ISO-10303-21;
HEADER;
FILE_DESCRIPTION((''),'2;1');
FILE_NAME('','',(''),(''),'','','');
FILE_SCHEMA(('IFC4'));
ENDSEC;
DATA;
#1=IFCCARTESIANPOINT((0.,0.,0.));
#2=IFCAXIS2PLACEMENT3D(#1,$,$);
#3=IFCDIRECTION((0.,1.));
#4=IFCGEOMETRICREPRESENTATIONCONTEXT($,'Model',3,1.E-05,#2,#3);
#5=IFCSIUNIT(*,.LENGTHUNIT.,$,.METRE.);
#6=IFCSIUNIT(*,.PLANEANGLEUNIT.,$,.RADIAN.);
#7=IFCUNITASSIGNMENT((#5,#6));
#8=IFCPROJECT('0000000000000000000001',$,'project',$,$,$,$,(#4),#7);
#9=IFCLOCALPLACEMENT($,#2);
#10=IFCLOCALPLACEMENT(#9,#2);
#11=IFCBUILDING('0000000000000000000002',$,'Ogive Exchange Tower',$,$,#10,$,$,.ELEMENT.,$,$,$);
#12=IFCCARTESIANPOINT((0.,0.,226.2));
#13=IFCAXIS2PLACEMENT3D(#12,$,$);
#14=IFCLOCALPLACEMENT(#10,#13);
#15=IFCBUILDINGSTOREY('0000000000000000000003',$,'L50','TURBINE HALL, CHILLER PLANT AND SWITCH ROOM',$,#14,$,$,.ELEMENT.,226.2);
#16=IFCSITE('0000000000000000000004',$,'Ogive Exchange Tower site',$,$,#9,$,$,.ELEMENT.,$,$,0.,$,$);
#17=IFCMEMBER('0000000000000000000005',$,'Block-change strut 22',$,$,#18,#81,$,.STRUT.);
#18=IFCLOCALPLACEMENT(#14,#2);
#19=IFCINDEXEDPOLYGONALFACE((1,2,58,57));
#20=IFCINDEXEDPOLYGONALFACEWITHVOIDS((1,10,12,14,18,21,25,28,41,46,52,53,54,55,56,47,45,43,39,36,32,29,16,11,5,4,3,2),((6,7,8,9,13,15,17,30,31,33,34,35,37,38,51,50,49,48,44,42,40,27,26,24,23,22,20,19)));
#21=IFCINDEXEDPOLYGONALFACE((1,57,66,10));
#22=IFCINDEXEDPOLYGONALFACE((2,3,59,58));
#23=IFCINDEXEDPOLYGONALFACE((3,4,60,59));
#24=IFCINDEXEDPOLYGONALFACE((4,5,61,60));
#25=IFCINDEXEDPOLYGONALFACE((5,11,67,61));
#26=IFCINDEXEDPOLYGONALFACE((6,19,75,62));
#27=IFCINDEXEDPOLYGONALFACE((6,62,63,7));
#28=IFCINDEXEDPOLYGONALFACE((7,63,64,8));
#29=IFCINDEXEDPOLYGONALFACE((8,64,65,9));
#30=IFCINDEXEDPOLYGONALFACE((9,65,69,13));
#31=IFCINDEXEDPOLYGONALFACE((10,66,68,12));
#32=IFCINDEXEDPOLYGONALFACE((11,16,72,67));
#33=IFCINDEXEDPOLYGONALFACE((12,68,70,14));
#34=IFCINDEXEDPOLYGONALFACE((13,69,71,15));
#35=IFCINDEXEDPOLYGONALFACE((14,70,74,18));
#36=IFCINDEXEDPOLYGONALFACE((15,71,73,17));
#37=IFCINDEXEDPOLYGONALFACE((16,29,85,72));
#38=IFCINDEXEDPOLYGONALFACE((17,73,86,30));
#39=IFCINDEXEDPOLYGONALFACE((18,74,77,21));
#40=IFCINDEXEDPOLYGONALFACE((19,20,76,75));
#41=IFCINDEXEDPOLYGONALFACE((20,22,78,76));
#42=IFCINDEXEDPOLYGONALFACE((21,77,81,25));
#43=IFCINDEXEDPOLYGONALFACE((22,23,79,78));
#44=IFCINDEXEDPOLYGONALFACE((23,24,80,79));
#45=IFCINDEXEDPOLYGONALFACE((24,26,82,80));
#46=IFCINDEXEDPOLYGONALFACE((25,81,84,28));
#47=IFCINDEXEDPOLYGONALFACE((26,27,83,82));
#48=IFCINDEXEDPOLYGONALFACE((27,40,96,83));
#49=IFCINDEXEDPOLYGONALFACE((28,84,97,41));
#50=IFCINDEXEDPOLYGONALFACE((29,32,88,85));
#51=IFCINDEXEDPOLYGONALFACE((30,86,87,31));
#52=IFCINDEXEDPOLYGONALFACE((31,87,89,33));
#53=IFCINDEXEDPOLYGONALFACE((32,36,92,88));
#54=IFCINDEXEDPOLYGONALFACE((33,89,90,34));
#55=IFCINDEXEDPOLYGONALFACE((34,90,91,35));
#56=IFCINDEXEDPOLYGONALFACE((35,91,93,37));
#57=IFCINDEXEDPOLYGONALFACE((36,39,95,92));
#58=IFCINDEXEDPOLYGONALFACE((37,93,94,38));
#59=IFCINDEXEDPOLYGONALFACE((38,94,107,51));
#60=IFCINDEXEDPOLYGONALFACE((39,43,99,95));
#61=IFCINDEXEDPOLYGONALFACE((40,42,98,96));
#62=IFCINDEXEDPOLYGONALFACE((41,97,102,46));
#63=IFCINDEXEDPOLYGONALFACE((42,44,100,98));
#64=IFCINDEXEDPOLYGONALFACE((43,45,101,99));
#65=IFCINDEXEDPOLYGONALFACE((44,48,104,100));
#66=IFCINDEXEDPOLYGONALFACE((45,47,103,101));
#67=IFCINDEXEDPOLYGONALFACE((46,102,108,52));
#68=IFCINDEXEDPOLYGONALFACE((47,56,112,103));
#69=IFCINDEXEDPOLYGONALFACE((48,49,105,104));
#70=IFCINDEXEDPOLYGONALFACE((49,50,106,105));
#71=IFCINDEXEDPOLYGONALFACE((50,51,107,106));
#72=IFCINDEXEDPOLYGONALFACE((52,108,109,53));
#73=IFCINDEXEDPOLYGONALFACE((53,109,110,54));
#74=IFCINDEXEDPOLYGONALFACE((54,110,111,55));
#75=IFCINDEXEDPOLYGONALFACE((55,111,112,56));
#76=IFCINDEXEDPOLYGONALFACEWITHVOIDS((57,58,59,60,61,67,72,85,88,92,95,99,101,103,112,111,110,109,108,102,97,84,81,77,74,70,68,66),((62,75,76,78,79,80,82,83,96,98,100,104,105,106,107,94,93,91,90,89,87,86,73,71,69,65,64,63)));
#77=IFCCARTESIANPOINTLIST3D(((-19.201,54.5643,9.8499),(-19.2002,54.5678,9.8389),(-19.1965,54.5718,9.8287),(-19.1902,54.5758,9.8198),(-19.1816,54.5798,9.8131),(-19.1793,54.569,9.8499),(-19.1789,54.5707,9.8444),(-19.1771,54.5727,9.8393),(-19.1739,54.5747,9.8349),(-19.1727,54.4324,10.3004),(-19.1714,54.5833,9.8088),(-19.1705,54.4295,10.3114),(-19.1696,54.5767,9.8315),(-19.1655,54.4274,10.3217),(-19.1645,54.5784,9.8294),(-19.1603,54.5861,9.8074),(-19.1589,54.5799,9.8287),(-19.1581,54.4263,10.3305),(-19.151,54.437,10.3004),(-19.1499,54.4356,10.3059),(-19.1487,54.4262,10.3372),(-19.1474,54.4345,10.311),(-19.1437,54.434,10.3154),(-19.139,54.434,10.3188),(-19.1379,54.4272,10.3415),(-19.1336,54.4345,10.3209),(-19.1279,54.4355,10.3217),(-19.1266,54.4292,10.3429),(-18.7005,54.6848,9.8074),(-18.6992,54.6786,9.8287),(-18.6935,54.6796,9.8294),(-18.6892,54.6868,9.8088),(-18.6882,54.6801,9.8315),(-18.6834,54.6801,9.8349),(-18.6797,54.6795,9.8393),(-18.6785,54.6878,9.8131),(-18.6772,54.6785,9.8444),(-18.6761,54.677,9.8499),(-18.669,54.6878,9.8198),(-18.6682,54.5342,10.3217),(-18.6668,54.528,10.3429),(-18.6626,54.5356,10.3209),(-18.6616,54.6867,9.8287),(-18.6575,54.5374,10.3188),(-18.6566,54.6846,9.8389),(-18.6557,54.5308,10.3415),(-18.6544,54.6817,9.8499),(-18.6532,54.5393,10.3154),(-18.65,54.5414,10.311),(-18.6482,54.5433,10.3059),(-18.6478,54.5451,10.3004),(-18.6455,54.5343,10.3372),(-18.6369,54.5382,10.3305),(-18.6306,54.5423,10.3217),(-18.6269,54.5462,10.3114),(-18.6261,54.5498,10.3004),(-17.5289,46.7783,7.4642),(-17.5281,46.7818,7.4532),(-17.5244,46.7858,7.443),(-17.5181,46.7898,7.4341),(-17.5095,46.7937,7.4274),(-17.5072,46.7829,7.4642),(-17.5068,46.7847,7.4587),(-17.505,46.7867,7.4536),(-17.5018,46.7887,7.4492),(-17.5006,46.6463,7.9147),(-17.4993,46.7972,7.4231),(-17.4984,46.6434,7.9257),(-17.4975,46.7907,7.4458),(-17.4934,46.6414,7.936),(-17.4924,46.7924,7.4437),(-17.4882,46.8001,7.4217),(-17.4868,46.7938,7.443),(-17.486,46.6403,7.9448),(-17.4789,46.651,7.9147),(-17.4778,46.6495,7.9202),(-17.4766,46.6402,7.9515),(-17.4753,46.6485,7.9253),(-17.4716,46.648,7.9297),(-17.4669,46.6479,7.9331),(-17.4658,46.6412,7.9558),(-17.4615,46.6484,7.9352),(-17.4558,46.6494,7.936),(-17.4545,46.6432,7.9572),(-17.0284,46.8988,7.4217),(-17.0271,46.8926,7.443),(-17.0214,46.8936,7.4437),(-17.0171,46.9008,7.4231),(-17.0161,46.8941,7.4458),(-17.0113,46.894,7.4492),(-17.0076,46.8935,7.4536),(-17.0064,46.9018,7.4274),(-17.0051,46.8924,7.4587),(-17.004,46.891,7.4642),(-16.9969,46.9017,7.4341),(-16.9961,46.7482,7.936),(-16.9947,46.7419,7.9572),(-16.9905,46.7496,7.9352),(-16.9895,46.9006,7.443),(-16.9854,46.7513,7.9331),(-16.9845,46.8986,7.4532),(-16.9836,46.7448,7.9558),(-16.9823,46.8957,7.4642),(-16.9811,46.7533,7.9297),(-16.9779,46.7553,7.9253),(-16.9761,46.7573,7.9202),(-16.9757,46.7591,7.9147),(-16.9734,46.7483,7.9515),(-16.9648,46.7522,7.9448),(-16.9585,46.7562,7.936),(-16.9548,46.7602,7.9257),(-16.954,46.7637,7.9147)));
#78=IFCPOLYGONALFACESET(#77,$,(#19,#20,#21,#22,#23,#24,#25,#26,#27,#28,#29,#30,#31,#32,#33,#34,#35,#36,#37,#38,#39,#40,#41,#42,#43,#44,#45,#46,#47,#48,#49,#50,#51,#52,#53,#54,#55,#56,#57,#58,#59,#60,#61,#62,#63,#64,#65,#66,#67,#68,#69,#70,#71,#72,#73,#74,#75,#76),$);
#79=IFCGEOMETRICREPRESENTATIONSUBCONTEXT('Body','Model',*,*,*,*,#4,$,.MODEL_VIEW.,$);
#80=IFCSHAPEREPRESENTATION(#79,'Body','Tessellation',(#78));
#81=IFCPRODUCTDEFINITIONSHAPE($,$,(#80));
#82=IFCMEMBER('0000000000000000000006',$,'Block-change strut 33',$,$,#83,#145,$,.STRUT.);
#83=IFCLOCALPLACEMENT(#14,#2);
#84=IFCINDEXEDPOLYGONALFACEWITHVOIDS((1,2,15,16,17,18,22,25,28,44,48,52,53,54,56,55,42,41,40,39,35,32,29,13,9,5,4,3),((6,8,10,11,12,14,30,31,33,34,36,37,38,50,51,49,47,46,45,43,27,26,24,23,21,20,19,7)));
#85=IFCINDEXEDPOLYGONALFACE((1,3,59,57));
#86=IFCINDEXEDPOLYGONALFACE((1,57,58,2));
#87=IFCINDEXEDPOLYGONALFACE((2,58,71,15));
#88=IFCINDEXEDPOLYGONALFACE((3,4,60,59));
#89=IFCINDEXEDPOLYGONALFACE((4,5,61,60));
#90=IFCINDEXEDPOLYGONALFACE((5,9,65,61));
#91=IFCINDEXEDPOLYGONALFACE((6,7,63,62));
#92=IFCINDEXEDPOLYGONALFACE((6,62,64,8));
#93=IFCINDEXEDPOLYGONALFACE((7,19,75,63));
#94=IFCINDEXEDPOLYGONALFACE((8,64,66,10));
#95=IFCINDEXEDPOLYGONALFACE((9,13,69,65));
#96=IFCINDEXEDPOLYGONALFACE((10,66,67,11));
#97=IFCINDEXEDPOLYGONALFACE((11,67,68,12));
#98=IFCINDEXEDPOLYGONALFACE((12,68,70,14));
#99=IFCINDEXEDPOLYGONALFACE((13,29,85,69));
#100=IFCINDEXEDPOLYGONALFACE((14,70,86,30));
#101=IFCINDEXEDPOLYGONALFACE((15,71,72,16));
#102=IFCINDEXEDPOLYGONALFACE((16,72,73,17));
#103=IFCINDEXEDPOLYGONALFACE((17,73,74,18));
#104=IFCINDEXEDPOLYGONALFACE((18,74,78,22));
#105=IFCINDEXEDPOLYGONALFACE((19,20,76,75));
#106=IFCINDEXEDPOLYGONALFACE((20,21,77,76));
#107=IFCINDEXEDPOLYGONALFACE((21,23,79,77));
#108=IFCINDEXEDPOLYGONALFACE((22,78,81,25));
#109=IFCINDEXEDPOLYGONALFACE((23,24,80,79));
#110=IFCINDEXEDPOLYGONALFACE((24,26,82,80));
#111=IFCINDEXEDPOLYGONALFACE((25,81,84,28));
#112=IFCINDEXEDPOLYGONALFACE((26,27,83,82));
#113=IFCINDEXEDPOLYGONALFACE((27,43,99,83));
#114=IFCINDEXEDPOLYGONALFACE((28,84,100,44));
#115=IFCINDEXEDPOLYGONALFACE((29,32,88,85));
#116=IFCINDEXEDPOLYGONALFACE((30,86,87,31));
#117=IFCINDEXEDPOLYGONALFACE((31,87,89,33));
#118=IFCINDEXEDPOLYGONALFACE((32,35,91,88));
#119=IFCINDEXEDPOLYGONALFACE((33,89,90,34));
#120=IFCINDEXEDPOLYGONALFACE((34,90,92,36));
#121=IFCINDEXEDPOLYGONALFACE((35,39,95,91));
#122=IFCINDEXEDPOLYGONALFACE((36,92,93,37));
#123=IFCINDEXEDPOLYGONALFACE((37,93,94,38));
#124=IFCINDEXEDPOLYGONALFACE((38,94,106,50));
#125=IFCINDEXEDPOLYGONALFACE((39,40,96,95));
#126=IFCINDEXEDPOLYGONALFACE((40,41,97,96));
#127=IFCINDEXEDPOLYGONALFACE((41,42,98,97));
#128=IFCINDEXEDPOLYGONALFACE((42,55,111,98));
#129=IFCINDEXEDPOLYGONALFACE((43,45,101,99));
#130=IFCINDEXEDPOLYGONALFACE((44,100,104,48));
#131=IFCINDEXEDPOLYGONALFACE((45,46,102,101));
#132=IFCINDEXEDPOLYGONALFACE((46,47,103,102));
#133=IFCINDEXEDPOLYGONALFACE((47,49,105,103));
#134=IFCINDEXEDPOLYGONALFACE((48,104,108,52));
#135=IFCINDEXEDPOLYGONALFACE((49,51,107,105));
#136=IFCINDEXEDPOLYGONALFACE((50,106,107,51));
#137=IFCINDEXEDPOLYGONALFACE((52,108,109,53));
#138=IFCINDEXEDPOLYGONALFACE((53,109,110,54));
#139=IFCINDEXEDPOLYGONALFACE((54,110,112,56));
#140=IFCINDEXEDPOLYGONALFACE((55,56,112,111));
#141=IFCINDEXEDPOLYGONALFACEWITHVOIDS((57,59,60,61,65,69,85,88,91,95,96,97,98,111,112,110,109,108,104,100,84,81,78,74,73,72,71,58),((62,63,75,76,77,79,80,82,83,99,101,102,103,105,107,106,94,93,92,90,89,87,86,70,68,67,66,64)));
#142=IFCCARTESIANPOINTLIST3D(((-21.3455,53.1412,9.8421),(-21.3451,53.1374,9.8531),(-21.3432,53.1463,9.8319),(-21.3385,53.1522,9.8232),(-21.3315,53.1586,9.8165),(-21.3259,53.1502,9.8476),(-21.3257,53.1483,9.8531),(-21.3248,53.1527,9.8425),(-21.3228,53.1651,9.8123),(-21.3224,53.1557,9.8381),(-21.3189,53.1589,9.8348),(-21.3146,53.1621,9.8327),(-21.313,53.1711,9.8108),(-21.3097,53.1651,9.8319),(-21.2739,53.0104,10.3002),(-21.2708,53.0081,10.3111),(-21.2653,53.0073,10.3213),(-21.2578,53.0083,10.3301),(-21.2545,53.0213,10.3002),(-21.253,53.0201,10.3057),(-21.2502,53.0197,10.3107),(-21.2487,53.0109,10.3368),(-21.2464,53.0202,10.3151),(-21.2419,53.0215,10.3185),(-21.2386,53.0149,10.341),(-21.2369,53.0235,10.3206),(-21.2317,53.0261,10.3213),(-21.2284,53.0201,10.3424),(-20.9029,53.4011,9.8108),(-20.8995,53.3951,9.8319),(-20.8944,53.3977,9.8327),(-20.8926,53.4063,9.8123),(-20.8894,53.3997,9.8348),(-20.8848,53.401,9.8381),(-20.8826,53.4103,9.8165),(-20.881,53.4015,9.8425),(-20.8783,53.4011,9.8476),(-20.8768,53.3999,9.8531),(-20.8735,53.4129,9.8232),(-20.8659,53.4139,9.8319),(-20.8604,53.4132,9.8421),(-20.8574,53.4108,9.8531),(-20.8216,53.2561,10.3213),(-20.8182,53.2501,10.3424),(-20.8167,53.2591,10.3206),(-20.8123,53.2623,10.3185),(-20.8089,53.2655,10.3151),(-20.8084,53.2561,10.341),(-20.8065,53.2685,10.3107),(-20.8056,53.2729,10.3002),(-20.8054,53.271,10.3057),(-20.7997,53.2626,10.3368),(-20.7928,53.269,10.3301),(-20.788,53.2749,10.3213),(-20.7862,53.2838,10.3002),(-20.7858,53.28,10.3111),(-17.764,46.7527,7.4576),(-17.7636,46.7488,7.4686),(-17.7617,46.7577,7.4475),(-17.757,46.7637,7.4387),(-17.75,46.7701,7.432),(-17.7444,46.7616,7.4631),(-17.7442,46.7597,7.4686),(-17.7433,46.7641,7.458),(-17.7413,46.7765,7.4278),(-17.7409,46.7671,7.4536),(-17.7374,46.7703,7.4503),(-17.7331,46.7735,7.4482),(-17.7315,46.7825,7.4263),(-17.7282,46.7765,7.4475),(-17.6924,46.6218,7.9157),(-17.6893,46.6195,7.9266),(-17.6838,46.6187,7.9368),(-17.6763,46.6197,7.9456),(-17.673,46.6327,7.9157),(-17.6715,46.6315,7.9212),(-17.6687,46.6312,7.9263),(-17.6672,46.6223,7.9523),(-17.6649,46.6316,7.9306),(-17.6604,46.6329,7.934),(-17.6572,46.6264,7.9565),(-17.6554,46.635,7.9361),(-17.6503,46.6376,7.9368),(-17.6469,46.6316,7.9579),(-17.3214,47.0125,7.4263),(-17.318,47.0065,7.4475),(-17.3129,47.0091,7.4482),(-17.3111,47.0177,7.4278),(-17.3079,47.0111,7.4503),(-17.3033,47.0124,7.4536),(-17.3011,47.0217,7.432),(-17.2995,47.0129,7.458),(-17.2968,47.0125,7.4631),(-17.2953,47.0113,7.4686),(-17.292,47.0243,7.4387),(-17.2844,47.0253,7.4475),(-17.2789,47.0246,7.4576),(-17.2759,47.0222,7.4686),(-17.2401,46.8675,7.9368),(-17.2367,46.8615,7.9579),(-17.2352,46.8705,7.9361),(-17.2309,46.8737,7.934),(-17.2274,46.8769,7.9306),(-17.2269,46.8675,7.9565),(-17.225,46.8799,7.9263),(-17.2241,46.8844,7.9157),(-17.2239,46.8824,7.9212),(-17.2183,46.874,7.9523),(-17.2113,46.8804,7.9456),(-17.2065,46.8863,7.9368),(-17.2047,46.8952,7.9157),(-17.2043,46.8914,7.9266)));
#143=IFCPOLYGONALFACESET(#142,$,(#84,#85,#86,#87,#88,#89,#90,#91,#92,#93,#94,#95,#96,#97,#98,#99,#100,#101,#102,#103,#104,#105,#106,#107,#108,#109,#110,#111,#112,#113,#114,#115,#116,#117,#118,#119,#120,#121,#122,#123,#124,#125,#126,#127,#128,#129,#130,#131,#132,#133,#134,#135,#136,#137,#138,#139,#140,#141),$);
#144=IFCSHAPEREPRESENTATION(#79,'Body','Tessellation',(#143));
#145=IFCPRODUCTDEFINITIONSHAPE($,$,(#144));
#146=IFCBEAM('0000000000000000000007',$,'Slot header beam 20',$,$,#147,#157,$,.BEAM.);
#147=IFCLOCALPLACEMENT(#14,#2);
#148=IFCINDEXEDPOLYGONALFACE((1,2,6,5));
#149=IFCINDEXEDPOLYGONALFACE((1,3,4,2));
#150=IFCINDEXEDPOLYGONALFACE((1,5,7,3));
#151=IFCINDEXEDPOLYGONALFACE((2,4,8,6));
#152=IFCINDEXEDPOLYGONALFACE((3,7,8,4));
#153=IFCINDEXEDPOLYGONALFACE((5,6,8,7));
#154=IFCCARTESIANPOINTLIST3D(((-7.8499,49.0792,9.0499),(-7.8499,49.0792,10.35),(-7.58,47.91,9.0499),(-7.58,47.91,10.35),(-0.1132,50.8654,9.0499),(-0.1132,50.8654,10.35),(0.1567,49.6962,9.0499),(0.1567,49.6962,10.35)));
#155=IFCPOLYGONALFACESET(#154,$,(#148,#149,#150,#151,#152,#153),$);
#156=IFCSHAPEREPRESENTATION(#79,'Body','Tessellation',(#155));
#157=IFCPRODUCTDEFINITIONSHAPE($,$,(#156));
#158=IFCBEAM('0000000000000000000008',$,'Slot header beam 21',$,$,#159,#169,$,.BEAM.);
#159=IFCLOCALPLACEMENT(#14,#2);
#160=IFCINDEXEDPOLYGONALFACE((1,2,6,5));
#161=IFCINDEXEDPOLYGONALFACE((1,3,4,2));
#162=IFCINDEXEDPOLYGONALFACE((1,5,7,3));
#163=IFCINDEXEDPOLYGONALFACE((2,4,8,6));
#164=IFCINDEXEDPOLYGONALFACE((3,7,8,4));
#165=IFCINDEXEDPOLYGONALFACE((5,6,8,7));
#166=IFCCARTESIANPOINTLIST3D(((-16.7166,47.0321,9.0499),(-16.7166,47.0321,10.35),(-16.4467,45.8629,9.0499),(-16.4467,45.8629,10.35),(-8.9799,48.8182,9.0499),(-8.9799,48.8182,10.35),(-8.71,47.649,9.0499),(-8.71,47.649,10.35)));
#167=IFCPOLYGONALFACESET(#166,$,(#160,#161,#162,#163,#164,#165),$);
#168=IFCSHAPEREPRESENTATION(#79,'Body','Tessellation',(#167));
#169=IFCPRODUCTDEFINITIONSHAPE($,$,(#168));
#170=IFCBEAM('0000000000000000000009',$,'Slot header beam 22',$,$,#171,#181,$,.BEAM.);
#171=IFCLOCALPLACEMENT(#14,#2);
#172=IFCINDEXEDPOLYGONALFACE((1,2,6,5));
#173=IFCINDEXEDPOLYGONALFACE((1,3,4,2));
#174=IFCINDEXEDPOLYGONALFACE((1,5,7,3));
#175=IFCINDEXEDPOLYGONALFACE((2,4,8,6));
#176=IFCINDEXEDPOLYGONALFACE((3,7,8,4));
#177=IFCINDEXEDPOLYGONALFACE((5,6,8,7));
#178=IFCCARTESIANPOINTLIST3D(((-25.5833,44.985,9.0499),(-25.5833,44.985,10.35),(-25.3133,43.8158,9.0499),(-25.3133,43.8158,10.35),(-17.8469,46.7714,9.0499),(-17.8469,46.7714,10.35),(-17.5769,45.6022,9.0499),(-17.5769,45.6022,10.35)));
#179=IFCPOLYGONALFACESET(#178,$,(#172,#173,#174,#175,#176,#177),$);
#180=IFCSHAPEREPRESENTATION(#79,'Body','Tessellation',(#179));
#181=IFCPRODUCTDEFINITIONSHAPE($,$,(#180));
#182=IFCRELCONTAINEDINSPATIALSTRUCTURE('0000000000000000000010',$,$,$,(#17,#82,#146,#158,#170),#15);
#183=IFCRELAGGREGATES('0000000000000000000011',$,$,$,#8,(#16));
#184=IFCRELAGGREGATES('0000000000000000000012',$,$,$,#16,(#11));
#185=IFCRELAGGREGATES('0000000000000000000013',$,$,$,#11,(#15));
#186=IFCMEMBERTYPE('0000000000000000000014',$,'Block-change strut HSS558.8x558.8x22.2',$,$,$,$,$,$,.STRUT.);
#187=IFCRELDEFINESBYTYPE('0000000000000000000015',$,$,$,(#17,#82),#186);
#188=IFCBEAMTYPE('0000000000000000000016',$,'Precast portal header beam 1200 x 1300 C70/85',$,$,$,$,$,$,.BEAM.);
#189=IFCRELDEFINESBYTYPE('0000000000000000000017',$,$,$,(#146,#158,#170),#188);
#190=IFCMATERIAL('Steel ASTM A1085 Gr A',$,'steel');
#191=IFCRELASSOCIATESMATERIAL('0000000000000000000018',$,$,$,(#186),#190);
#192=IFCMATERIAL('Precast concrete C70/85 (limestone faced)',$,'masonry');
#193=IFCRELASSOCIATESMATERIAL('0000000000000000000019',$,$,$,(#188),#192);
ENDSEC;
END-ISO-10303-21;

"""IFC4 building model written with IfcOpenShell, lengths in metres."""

from ifc_helpers import new_model, si_unit, direction, frame, origin, origin_2d, place, context, subcontext, project, spatial, rectangle, hollow_rectangle, extrude, material, material_profile, profile_set, type_object, element, save


model = new_model("IFC4")

# Units and contexts
model_context = context("Model", 3, precision=1e-05, world=origin(), true_north=direction((0.0, 1.0)))
body_context = subcontext(model_context, "Body", "Model", "MODEL_VIEW")
ifc_project = project(units=[si_unit("LENGTHUNIT", "METRE"), si_unit("PLANEANGLEUNIT", "RADIAN")], contexts=[model_context])

# Site, building, storey
site_placement = place(None, origin())
site = spatial("IfcSite", under=ifc_project, at=site_placement, Name="Ogive Exchange Tower site", CompositionType="ELEMENT", RefElevation=0.0)
building_placement = place(site_placement, origin())
building = spatial("IfcBuilding", under=site, at=building_placement, Name="Ogive Exchange Tower", CompositionType="ELEMENT")
storey_placement = place(building_placement, frame((0.0, 0.0, 226.2)))
storey = spatial("IfcBuildingStorey", under=building, at=storey_placement, Name="L50", Description="TURBINE HALL, CHILLER PLANT AND SWITCH ROOM", CompositionType="ELEMENT", Elevation=226.2)

# Shared definitions
ifc_material_1 = material(Name="Precast concrete C70/85 (limestone faced)", Category="masonry")

# Members
ifc_material_2 = material(Name="Steel ASTM A1085 Gr A", Category="steel")
ifc_material_profile_1 = material_profile(ifc_material_2, hollow_rectangle(XDim=0.5591, YDim=0.5591, WallThickness=0.0222, InnerFilletRadius=0.0222, OuterFilletRadius=0.0444, at=origin_2d()), Name="HSS558.8x558.8x22.2")
ifc_profile_set_1 = profile_set([ifc_material_profile_1], Name="Steel ASTM A1085 Gr A")
member_type_1 = type_object("IfcMemberType", Name="Block-change strut HSS558.8x558.8x22.2", PredefinedType="STRUT", material=ifc_profile_set_1)
member_1_placement = place(storey_placement, frame((-17.2415, 46.771, 7.6895), z_axis=(-0.201137, 0.936583, 0.286978), x_axis=(-0.977708, -0.209969, 0.0)))
element("IfcMember", 1, at=member_1_placement, inside=storey, type_object=member_type_1, Name="Block-change strut 22", PredefinedType="STRUT", context=body_context, shape_type="SweptSolid", body=[
    extrude(hollow_rectangle(XDim=0.5591, YDim=0.5591, WallThickness=0.0222, InnerFilletRadius=0.0222, OuterFilletRadius=0.0444, at=origin_2d()), origin(), (0.0, 0.0, 1.0), 8.3132),
])
member_2_placement = place(storey_placement, frame((-17.4841, 46.822, 7.6921), z_axis=(-0.464984, 0.829428, 0.309578), x_axis=(-0.87228, -0.489007, 0.0)))
element("IfcMember", 2, at=member_2_placement, inside=storey, type_object=member_type_1, Name="Block-change strut 33", PredefinedType="STRUT", context=body_context, shape_type="SweptSolid", body=[
    extrude(hollow_rectangle(XDim=0.5591, YDim=0.5591, WallThickness=0.0222, InnerFilletRadius=0.0222, OuterFilletRadius=0.0444, at=origin_2d()), origin(), (0.0, 0.0, 1.0), 7.7024),
])

# Beams
ifc_material_profile_2 = material_profile(ifc_material_1, rectangle(XDim=1.2, YDim=1.3, at=origin_2d()), Name="1200 x 1300")
ifc_profile_set_2 = profile_set([ifc_material_profile_2], Name="Precast concrete C70/85 (limestone faced)")
beam_type = type_object("IfcBeamType", Name="Precast portal header beam 1200 x 1300 C70/85", PredefinedType="BEAM", material=ifc_profile_set_2)
for number, where, z_axis, x_axis, name in (
    (3, (0.0217, 50.2808, 9.7), (-0.97437, -0.224952, 0.0), (0.224952, -0.97437, 0.0), "Slot header beam 20"),
    (4, (-8.845, 48.2336, 9.7), (-0.97437, -0.224952, 0.0), (0.224952, -0.97437, 0.0), "Slot header beam 21"),
):
    element("IfcBeam", number, at=place(storey_placement, frame(where, z_axis=z_axis, x_axis=x_axis)), inside=storey, type_object=beam_type, Name=name, PredefinedType="BEAM", context=body_context, shape_type="SweptSolid", body=[
        extrude(rectangle(XDim=1.2, YDim=1.3, at=origin_2d()), origin(), (0.0, 0.0, 1.0), 7.9402),
    ])
beam_placement = place(storey_placement, frame((-17.7119, 46.1868, 9.7), z_axis=(-0.974362, -0.224988, 0.0), x_axis=(0.224988, -0.974362, 0.0)))
element("IfcBeam", 5, at=beam_placement, inside=storey, type_object=beam_type, Name="Slot header beam 22", PredefinedType="BEAM", context=body_context, shape_type="SweptSolid", body=[
    extrude(rectangle(XDim=1.2, YDim=1.3, at=origin_2d()), origin(), (0.0, 0.0, 1.0), 7.9399),
])

save(model, "model.ifc")
